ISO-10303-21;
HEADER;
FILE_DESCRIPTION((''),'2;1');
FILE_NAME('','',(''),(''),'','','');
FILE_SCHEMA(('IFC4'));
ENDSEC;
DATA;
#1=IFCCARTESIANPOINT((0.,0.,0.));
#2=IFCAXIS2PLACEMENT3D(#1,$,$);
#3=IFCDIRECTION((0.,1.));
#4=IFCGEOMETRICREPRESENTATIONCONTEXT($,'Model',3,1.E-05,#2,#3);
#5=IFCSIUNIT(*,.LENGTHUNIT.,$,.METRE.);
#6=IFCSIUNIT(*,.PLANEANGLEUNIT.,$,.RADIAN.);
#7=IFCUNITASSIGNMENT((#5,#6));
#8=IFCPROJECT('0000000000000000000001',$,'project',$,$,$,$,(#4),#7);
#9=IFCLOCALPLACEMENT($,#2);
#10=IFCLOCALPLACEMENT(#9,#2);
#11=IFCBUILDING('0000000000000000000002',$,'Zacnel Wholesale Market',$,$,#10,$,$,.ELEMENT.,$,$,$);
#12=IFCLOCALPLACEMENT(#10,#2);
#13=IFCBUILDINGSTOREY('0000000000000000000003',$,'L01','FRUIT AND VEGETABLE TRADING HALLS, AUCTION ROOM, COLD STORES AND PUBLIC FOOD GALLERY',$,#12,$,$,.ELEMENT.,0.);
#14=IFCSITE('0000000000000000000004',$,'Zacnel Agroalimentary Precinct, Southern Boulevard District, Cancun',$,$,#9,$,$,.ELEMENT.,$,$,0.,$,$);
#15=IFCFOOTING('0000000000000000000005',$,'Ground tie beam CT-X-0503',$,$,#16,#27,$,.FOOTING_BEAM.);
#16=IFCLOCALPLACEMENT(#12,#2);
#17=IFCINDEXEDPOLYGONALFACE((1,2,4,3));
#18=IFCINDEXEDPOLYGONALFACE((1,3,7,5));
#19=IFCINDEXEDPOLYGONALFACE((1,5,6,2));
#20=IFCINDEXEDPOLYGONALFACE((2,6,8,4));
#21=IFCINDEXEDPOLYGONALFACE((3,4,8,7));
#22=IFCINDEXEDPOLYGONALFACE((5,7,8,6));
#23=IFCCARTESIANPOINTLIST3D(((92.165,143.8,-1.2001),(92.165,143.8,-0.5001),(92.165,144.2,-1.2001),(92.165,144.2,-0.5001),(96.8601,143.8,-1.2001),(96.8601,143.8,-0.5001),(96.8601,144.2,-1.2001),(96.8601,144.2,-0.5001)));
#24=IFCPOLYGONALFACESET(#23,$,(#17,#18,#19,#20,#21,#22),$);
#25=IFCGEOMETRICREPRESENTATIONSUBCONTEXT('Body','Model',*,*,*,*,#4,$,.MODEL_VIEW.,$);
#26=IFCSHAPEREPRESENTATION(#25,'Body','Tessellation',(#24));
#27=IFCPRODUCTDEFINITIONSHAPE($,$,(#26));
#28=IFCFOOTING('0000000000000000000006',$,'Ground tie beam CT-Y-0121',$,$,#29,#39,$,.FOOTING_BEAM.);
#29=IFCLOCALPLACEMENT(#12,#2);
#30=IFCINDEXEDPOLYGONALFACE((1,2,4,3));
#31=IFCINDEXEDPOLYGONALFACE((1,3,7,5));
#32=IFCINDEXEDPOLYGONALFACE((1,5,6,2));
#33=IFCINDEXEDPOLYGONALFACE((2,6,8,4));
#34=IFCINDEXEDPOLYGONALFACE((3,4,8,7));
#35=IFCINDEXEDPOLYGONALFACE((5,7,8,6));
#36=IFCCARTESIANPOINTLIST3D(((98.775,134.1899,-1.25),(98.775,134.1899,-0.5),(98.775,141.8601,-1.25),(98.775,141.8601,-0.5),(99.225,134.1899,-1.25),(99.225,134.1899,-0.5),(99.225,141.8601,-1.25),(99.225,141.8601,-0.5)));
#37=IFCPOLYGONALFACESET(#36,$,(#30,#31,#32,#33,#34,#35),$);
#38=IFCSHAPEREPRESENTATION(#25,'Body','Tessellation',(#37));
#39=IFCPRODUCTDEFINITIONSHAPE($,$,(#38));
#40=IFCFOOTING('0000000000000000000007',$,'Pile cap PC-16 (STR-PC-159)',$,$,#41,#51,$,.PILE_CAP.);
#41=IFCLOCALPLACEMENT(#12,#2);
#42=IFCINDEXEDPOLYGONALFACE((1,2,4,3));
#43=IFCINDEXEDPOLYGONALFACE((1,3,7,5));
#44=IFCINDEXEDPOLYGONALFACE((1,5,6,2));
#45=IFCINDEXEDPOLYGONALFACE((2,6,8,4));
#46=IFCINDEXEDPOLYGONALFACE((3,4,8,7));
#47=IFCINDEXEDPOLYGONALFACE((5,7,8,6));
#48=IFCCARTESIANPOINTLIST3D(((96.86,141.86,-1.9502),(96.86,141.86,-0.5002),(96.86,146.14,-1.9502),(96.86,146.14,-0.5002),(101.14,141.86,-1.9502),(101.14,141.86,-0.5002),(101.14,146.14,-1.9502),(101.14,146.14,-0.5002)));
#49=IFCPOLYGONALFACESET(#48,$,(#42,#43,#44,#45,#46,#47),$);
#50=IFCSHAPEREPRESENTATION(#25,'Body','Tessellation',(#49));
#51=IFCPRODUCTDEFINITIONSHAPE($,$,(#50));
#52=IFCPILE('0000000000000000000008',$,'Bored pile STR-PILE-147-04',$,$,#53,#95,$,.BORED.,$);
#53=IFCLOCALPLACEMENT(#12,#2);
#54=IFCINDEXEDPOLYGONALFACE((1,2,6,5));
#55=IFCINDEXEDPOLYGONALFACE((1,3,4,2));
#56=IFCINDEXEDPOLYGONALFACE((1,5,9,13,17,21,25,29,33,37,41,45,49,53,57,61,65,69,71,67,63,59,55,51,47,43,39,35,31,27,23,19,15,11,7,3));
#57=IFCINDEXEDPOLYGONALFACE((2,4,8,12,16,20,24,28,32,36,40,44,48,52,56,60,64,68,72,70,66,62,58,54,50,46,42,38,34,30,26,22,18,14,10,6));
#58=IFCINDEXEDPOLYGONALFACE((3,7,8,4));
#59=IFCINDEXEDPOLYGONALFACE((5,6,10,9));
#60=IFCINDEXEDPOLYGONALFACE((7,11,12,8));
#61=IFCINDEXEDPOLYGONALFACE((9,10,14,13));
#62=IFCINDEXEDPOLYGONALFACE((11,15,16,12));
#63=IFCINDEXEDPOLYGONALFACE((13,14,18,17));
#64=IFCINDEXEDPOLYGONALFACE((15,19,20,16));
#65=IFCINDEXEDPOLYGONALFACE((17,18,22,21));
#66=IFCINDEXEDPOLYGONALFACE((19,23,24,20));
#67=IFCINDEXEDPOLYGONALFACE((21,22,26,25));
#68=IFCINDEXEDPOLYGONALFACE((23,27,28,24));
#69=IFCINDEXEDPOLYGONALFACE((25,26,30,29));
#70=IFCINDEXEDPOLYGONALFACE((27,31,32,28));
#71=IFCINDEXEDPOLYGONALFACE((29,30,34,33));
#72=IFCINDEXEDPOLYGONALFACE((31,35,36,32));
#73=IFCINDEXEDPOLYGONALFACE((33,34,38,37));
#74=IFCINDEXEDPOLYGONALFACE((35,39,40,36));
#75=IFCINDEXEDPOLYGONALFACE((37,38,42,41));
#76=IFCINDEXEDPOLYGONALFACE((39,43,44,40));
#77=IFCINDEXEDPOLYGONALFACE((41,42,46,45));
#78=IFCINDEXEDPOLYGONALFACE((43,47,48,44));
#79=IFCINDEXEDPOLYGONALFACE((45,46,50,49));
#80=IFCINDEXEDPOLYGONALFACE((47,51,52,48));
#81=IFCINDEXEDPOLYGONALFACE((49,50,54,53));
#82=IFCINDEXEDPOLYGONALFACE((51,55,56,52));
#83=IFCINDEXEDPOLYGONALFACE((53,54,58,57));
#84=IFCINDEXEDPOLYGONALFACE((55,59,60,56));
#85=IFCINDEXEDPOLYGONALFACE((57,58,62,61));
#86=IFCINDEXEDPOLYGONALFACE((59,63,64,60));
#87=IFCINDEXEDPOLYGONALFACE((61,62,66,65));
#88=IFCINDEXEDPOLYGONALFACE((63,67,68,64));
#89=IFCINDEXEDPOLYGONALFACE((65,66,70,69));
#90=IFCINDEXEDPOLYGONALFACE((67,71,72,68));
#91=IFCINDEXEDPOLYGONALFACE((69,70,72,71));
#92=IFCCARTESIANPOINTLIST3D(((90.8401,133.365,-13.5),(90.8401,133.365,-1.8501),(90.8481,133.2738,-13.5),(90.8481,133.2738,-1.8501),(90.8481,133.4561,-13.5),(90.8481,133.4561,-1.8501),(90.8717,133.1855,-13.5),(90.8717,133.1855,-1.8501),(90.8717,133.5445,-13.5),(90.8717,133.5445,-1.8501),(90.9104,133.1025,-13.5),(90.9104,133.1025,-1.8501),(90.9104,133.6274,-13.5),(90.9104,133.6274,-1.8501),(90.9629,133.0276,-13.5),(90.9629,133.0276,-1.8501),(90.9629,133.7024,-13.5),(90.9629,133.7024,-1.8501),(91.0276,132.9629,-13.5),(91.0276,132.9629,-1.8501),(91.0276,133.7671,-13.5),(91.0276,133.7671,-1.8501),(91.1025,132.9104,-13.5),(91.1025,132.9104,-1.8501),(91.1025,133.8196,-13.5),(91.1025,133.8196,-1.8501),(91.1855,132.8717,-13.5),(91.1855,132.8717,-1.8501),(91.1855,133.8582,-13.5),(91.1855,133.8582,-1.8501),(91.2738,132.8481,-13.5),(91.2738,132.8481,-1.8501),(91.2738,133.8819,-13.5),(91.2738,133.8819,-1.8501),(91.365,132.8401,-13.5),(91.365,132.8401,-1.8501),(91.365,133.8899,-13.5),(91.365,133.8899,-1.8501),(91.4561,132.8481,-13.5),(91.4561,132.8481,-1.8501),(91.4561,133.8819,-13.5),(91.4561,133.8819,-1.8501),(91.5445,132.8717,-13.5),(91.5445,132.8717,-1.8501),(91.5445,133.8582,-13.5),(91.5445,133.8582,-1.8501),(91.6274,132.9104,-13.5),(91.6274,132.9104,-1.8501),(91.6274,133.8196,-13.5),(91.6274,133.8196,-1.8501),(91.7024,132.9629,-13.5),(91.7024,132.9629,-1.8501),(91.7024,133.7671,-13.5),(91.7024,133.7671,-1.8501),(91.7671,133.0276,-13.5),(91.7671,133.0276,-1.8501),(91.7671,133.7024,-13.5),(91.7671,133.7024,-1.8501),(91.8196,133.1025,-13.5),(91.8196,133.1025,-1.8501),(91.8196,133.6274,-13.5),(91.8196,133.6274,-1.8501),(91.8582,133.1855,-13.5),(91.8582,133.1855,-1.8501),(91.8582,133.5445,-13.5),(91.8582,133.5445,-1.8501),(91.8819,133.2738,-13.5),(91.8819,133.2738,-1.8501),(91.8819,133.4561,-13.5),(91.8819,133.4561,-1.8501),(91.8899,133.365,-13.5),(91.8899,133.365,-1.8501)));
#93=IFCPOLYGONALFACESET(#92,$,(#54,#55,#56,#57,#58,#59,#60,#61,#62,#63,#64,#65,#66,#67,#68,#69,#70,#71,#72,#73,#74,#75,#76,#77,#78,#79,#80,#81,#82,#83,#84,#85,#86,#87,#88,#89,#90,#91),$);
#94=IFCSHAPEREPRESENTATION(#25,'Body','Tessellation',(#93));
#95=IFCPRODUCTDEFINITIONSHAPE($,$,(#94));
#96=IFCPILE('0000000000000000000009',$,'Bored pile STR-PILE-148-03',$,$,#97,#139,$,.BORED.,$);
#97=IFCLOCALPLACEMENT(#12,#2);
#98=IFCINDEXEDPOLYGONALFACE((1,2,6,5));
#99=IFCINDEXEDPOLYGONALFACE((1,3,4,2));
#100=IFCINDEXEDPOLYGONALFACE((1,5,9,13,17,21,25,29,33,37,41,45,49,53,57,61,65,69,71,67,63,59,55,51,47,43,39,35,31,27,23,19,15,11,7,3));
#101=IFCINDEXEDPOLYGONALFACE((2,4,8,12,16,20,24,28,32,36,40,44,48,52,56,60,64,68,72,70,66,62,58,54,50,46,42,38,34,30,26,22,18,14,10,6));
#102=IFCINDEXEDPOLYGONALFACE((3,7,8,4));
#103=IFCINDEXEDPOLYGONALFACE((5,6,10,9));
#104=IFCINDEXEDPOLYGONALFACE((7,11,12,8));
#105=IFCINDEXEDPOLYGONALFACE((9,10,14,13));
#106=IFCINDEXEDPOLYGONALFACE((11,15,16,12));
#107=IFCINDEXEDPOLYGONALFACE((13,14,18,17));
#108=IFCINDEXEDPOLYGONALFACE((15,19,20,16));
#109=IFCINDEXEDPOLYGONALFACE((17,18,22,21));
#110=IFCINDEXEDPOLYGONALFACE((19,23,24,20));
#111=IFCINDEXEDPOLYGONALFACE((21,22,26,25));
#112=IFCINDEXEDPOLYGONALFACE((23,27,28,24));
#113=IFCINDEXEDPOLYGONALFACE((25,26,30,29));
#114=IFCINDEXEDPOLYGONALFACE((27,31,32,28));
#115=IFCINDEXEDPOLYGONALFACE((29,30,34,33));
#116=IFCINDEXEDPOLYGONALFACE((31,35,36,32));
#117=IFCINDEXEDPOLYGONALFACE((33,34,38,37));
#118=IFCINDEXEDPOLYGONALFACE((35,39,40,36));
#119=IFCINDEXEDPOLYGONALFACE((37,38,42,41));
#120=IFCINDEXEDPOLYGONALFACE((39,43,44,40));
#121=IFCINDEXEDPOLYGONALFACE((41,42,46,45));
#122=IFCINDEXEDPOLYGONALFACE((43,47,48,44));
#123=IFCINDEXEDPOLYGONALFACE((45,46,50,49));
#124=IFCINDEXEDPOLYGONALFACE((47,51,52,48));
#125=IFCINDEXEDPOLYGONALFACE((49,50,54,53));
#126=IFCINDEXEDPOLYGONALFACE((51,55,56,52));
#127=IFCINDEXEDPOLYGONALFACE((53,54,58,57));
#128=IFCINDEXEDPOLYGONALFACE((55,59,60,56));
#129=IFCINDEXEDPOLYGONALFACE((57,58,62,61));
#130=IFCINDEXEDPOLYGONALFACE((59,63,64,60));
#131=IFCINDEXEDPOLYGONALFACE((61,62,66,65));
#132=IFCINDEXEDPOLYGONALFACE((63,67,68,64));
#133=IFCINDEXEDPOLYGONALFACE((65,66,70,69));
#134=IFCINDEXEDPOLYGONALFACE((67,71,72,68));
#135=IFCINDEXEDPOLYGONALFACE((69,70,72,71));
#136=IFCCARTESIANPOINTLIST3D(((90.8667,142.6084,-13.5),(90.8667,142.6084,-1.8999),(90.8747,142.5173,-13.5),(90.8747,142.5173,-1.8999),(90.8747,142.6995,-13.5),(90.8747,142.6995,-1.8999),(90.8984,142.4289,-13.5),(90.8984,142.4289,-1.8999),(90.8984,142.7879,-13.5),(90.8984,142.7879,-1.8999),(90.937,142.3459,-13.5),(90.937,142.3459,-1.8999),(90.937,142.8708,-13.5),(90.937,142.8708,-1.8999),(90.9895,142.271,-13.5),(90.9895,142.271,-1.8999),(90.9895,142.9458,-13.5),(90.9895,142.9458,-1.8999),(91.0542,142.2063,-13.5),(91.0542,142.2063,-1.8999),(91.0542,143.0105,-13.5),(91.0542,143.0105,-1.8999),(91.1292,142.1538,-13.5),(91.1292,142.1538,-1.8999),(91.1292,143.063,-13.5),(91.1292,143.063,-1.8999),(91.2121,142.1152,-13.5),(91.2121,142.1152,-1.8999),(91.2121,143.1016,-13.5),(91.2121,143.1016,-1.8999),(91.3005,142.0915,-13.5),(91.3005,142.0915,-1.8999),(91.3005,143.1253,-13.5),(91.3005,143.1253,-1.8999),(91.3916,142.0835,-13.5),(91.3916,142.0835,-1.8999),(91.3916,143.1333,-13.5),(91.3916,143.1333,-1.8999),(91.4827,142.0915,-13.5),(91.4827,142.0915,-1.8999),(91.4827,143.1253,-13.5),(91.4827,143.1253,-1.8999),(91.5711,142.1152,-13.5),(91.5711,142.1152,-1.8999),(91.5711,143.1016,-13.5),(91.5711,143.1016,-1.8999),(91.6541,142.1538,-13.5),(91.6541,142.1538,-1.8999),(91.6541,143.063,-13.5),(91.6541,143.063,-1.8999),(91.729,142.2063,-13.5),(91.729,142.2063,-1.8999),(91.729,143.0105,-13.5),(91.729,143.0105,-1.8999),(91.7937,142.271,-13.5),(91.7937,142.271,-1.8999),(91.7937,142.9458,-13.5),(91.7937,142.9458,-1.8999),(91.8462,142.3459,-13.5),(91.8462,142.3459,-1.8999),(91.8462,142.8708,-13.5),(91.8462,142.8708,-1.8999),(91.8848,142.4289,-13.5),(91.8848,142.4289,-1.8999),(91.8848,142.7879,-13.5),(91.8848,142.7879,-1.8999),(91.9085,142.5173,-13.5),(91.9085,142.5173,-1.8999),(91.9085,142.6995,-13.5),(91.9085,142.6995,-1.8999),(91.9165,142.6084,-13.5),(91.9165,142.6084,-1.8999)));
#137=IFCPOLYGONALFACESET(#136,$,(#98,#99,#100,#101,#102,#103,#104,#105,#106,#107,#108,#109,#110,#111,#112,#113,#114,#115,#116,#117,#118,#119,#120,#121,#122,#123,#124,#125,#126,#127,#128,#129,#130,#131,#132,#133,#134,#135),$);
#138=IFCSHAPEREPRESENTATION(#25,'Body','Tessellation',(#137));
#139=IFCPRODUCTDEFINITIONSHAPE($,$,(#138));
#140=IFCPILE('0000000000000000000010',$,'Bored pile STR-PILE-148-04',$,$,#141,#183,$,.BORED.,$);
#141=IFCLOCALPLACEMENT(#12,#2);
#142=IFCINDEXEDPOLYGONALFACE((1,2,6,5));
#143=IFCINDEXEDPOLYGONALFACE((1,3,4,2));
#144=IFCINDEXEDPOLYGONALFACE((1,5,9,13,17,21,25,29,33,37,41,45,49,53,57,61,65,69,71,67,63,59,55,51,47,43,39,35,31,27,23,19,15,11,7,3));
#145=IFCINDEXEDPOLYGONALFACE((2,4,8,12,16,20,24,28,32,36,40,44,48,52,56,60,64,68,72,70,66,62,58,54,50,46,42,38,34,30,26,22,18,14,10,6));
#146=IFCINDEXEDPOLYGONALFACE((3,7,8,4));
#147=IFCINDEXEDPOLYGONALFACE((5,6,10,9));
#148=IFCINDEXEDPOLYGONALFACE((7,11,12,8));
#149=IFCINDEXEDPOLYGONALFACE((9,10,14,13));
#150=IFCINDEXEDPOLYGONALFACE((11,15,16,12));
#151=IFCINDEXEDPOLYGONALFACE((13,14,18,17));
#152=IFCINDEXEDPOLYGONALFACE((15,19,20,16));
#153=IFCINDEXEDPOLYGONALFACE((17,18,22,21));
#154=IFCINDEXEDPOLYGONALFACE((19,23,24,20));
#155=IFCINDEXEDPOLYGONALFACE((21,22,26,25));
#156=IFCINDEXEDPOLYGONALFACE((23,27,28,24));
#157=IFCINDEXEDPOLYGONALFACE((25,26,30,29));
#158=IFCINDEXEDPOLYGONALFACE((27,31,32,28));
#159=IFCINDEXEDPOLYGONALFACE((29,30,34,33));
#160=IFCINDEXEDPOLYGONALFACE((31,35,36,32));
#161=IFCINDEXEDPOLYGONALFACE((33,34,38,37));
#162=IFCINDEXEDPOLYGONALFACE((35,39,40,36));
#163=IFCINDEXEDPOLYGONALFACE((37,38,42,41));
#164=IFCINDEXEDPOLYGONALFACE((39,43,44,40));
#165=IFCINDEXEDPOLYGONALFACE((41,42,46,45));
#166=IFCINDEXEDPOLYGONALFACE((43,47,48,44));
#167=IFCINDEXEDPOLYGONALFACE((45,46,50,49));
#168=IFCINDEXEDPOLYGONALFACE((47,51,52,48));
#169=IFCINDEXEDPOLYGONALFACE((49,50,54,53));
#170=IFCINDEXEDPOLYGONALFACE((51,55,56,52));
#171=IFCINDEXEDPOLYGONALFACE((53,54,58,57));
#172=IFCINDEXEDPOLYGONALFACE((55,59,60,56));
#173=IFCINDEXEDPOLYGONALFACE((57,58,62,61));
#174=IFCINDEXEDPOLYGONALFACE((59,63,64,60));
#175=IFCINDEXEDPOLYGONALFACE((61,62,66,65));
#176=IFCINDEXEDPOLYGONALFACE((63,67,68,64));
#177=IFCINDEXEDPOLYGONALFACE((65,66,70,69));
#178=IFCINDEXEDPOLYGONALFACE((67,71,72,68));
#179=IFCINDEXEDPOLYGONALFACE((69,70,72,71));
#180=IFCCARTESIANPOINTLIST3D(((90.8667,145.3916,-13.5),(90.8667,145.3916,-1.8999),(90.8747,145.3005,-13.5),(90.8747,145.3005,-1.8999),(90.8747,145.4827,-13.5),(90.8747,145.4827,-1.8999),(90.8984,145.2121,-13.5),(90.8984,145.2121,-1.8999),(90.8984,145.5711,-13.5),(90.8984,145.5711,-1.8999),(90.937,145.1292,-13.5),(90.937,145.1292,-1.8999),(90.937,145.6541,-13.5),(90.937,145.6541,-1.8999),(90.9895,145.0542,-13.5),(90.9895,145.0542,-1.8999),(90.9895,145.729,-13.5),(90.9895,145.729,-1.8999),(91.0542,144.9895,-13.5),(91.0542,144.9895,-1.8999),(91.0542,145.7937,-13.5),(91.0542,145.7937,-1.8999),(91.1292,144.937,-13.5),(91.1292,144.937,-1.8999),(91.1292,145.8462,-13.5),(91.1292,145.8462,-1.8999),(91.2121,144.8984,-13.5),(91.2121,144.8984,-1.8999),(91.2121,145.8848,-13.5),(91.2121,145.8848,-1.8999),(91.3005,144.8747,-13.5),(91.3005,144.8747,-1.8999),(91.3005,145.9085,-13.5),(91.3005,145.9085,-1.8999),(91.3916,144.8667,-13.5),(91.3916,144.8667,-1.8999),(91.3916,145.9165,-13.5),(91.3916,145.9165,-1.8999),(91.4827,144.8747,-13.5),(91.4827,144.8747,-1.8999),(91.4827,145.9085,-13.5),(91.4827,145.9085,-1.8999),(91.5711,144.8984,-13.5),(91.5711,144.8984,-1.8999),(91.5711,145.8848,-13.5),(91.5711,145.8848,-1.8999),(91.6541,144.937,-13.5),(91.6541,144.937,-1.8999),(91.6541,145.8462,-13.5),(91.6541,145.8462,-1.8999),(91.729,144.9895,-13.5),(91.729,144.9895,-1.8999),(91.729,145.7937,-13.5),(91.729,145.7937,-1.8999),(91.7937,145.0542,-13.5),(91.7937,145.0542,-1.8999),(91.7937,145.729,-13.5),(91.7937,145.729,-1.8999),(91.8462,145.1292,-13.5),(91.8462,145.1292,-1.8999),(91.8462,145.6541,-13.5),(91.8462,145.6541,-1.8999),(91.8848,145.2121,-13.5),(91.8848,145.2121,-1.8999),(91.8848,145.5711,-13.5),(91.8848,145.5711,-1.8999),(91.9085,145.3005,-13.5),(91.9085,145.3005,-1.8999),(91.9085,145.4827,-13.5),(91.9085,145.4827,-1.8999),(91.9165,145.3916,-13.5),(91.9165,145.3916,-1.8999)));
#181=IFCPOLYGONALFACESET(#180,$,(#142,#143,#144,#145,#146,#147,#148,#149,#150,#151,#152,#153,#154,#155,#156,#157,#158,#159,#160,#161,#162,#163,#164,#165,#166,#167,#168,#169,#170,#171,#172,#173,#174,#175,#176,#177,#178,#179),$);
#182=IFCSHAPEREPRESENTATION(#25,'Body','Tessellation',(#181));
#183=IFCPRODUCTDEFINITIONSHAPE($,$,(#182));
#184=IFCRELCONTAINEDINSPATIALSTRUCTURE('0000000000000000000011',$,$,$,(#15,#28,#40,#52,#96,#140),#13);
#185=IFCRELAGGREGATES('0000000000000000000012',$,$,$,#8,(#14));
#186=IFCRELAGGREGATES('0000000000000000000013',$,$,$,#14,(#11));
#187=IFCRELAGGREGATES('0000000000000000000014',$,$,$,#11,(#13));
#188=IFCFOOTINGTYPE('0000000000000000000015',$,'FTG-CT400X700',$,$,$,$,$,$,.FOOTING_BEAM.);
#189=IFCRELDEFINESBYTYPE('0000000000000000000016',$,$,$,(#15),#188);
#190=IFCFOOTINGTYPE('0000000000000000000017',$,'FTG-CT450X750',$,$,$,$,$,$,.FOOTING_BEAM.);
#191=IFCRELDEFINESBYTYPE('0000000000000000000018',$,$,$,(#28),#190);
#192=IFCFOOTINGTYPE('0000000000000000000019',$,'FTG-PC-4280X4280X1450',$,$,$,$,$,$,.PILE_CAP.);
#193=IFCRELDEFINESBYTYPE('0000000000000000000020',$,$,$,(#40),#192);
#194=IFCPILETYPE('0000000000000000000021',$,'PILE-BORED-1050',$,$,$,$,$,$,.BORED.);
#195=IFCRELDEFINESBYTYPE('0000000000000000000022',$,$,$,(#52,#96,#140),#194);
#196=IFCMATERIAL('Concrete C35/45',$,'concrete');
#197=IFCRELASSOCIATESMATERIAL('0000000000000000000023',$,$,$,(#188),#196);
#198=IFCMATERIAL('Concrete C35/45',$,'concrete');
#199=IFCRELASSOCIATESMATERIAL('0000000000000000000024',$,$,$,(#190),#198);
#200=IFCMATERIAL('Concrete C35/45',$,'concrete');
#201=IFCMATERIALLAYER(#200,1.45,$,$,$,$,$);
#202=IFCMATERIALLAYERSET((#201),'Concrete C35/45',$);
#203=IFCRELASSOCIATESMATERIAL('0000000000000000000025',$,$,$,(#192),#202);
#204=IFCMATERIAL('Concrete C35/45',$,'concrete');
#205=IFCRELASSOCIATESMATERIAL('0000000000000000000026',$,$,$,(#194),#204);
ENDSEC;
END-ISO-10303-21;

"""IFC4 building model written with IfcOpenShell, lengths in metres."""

from ifc_helpers import new_model, si_unit, direction, frame, origin, origin_2d, place, context, subcontext, project, spatial, rectangle, circle, extrude, material, layer, layer_set, material_profile, profile_set, type_object, element, save


model = new_model("IFC4")

# Units and contexts
model_context = context("Model", 3, precision=1e-05, world=origin(), true_north=direction((0.0, 1.0)))
body_context = subcontext(model_context, "Body", "Model", "MODEL_VIEW")
ifc_project = project(units=[si_unit("LENGTHUNIT", "METRE"), si_unit("PLANEANGLEUNIT", "RADIAN")], contexts=[model_context])

# Site, building, storey
site_placement = place(None, origin())
site = spatial("IfcSite", under=ifc_project, at=site_placement, Name="Zacnel Agroalimentary Precinct, Southern Boulevard District, Cancun", CompositionType="ELEMENT", RefElevation=0.0)
building_placement = place(site_placement, origin())
building = spatial("IfcBuilding", under=site, at=building_placement, Name="Zacnel Wholesale Market", CompositionType="ELEMENT")
storey_placement = place(building_placement, origin())
storey = spatial("IfcBuildingStorey", under=building, at=storey_placement, Name="L01", Description="FRUIT AND VEGETABLE TRADING HALLS, AUCTION ROOM, COLD STORES AND PUBLIC FOOD GALLERY", CompositionType="ELEMENT", Elevation=0.0)

# Footings
ifc_material_1 = material(Name="Concrete C35/45", Category="concrete")
ifc_material_profile_1 = material_profile(ifc_material_1, rectangle(XDim=0.3999, YDim=0.7, at=origin_2d()), Name="CT 400x700")
ifc_profile_set_1 = profile_set([ifc_material_profile_1], Name="Concrete C35/45")
footing_type_1 = type_object("IfcFootingType", Name="FTG-CT400X700", PredefinedType="FOOTING_BEAM", material=ifc_profile_set_1)
footing_1_placement = place(storey_placement, frame((92.165, 144.0, -0.8501), z_axis=(1.0, 0.0, 0.0), x_axis=(0.0, 1.0, 0.0)))
element("IfcFooting", 1, at=footing_1_placement, inside=storey, type_object=footing_type_1, Name="Ground tie beam CT-X-0503", PredefinedType="FOOTING_BEAM", context=body_context, shape_type="SweptSolid", body=[
    extrude(rectangle(XDim=0.3999, YDim=0.7, at=origin_2d()), origin(), (0.0, 0.0, 1.0), 4.6951),
])
ifc_material_2 = material(Name="Concrete C35/45", Category="concrete")
ifc_material_profile_2 = material_profile(ifc_material_2, rectangle(XDim=0.45, YDim=0.75, at=origin_2d()), Name="CT 450x750")
ifc_profile_set_2 = profile_set([ifc_material_profile_2], Name="Concrete C35/45")
footing_type_2 = type_object("IfcFootingType", Name="FTG-CT450X750", PredefinedType="FOOTING_BEAM", material=ifc_profile_set_2)
footing_2_placement = place(storey_placement, frame((99.0, 134.1899, -0.875), z_axis=(0.0, 1.0, 0.0), x_axis=(-1.0, 0.0, 0.0)))
element("IfcFooting", 2, at=footing_2_placement, inside=storey, type_object=footing_type_2, Name="Ground tie beam CT-Y-0121", PredefinedType="FOOTING_BEAM", context=body_context, shape_type="SweptSolid", body=[
    extrude(rectangle(XDim=0.45, YDim=0.75, at=origin_2d()), origin(), (0.0, 0.0, 1.0), 7.6702),
])
ifc_material_3 = material(Name="Concrete C35/45", Category="concrete")
ifc_layer_1 = layer(ifc_material_3, 1.45)
ifc_layer_set_1 = layer_set([ifc_layer_1], Name="Concrete C35/45")
footing_type_3 = type_object("IfcFootingType", Name="FTG-PC-4280X4280X1450", PredefinedType="PILE_CAP", material=ifc_layer_set_1)
footing_3_placement = place(storey_placement, frame((99.0, 144.0, -1.9502), z_axis=(0.0, 0.0, 1.0), x_axis=(1.0, 0.0, 0.0)))
element("IfcFooting", 3, at=footing_3_placement, inside=storey, type_object=footing_type_3, Name="Pile cap PC-16 (STR-PC-159)", PredefinedType="PILE_CAP", context=body_context, shape_type="SweptSolid", body=[
    extrude(rectangle(XDim=4.28, YDim=4.28, at=origin_2d()), origin(), (0.0, 0.0, 1.0), 1.45),
])

# Piles
ifc_material_4 = material(Name="Concrete C35/45", Category="concrete")
ifc_material_profile_3 = material_profile(ifc_material_4, circle(Radius=0.5249, at=origin_2d()), Name="BORED PILE D1050")
ifc_profile_set_3 = profile_set([ifc_material_profile_3], Name="Concrete C35/45")
pile_type = type_object("IfcPileType", Name="PILE-BORED-1050", PredefinedType="BORED", material=ifc_profile_set_3)
pile_placement = place(storey_placement, frame((91.365, 133.365, -1.8501), z_axis=(0.0, 0.0, -1.0), x_axis=(1.0, 0.0, 0.0)))
element("IfcPile", 4, at=pile_placement, inside=storey, type_object=pile_type, Name="Bored pile STR-PILE-147-04", PredefinedType="BORED", context=body_context, shape_type="SweptSolid", body=[
    extrude(circle(Radius=0.5249, at=origin_2d()), origin(), (0.0, 0.0, 1.0), 11.6499),
])
for number, where, z_axis, x_axis, name in (
    (5, (91.3916, 142.6084, -1.8999), (0.0, 0.0, -1.0), (1.0, 0.0, 0.0), "Bored pile STR-PILE-148-03"),
    (6, (91.3916, 145.3916, -1.8999), (0.0, 0.0, -1.0), (1.0, 0.0, 0.0), "Bored pile STR-PILE-148-04"),
):
    element("IfcPile", number, at=place(storey_placement, frame(where, z_axis=z_axis, x_axis=x_axis)), inside=storey, type_object=pile_type, Name=name, PredefinedType="BORED", context=body_context, shape_type="SweptSolid", body=[
        extrude(circle(Radius=0.5249, at=origin_2d()), origin(), (0.0, 0.0, 1.0), 11.6001),
    ])

save(model, "model.ifc")
